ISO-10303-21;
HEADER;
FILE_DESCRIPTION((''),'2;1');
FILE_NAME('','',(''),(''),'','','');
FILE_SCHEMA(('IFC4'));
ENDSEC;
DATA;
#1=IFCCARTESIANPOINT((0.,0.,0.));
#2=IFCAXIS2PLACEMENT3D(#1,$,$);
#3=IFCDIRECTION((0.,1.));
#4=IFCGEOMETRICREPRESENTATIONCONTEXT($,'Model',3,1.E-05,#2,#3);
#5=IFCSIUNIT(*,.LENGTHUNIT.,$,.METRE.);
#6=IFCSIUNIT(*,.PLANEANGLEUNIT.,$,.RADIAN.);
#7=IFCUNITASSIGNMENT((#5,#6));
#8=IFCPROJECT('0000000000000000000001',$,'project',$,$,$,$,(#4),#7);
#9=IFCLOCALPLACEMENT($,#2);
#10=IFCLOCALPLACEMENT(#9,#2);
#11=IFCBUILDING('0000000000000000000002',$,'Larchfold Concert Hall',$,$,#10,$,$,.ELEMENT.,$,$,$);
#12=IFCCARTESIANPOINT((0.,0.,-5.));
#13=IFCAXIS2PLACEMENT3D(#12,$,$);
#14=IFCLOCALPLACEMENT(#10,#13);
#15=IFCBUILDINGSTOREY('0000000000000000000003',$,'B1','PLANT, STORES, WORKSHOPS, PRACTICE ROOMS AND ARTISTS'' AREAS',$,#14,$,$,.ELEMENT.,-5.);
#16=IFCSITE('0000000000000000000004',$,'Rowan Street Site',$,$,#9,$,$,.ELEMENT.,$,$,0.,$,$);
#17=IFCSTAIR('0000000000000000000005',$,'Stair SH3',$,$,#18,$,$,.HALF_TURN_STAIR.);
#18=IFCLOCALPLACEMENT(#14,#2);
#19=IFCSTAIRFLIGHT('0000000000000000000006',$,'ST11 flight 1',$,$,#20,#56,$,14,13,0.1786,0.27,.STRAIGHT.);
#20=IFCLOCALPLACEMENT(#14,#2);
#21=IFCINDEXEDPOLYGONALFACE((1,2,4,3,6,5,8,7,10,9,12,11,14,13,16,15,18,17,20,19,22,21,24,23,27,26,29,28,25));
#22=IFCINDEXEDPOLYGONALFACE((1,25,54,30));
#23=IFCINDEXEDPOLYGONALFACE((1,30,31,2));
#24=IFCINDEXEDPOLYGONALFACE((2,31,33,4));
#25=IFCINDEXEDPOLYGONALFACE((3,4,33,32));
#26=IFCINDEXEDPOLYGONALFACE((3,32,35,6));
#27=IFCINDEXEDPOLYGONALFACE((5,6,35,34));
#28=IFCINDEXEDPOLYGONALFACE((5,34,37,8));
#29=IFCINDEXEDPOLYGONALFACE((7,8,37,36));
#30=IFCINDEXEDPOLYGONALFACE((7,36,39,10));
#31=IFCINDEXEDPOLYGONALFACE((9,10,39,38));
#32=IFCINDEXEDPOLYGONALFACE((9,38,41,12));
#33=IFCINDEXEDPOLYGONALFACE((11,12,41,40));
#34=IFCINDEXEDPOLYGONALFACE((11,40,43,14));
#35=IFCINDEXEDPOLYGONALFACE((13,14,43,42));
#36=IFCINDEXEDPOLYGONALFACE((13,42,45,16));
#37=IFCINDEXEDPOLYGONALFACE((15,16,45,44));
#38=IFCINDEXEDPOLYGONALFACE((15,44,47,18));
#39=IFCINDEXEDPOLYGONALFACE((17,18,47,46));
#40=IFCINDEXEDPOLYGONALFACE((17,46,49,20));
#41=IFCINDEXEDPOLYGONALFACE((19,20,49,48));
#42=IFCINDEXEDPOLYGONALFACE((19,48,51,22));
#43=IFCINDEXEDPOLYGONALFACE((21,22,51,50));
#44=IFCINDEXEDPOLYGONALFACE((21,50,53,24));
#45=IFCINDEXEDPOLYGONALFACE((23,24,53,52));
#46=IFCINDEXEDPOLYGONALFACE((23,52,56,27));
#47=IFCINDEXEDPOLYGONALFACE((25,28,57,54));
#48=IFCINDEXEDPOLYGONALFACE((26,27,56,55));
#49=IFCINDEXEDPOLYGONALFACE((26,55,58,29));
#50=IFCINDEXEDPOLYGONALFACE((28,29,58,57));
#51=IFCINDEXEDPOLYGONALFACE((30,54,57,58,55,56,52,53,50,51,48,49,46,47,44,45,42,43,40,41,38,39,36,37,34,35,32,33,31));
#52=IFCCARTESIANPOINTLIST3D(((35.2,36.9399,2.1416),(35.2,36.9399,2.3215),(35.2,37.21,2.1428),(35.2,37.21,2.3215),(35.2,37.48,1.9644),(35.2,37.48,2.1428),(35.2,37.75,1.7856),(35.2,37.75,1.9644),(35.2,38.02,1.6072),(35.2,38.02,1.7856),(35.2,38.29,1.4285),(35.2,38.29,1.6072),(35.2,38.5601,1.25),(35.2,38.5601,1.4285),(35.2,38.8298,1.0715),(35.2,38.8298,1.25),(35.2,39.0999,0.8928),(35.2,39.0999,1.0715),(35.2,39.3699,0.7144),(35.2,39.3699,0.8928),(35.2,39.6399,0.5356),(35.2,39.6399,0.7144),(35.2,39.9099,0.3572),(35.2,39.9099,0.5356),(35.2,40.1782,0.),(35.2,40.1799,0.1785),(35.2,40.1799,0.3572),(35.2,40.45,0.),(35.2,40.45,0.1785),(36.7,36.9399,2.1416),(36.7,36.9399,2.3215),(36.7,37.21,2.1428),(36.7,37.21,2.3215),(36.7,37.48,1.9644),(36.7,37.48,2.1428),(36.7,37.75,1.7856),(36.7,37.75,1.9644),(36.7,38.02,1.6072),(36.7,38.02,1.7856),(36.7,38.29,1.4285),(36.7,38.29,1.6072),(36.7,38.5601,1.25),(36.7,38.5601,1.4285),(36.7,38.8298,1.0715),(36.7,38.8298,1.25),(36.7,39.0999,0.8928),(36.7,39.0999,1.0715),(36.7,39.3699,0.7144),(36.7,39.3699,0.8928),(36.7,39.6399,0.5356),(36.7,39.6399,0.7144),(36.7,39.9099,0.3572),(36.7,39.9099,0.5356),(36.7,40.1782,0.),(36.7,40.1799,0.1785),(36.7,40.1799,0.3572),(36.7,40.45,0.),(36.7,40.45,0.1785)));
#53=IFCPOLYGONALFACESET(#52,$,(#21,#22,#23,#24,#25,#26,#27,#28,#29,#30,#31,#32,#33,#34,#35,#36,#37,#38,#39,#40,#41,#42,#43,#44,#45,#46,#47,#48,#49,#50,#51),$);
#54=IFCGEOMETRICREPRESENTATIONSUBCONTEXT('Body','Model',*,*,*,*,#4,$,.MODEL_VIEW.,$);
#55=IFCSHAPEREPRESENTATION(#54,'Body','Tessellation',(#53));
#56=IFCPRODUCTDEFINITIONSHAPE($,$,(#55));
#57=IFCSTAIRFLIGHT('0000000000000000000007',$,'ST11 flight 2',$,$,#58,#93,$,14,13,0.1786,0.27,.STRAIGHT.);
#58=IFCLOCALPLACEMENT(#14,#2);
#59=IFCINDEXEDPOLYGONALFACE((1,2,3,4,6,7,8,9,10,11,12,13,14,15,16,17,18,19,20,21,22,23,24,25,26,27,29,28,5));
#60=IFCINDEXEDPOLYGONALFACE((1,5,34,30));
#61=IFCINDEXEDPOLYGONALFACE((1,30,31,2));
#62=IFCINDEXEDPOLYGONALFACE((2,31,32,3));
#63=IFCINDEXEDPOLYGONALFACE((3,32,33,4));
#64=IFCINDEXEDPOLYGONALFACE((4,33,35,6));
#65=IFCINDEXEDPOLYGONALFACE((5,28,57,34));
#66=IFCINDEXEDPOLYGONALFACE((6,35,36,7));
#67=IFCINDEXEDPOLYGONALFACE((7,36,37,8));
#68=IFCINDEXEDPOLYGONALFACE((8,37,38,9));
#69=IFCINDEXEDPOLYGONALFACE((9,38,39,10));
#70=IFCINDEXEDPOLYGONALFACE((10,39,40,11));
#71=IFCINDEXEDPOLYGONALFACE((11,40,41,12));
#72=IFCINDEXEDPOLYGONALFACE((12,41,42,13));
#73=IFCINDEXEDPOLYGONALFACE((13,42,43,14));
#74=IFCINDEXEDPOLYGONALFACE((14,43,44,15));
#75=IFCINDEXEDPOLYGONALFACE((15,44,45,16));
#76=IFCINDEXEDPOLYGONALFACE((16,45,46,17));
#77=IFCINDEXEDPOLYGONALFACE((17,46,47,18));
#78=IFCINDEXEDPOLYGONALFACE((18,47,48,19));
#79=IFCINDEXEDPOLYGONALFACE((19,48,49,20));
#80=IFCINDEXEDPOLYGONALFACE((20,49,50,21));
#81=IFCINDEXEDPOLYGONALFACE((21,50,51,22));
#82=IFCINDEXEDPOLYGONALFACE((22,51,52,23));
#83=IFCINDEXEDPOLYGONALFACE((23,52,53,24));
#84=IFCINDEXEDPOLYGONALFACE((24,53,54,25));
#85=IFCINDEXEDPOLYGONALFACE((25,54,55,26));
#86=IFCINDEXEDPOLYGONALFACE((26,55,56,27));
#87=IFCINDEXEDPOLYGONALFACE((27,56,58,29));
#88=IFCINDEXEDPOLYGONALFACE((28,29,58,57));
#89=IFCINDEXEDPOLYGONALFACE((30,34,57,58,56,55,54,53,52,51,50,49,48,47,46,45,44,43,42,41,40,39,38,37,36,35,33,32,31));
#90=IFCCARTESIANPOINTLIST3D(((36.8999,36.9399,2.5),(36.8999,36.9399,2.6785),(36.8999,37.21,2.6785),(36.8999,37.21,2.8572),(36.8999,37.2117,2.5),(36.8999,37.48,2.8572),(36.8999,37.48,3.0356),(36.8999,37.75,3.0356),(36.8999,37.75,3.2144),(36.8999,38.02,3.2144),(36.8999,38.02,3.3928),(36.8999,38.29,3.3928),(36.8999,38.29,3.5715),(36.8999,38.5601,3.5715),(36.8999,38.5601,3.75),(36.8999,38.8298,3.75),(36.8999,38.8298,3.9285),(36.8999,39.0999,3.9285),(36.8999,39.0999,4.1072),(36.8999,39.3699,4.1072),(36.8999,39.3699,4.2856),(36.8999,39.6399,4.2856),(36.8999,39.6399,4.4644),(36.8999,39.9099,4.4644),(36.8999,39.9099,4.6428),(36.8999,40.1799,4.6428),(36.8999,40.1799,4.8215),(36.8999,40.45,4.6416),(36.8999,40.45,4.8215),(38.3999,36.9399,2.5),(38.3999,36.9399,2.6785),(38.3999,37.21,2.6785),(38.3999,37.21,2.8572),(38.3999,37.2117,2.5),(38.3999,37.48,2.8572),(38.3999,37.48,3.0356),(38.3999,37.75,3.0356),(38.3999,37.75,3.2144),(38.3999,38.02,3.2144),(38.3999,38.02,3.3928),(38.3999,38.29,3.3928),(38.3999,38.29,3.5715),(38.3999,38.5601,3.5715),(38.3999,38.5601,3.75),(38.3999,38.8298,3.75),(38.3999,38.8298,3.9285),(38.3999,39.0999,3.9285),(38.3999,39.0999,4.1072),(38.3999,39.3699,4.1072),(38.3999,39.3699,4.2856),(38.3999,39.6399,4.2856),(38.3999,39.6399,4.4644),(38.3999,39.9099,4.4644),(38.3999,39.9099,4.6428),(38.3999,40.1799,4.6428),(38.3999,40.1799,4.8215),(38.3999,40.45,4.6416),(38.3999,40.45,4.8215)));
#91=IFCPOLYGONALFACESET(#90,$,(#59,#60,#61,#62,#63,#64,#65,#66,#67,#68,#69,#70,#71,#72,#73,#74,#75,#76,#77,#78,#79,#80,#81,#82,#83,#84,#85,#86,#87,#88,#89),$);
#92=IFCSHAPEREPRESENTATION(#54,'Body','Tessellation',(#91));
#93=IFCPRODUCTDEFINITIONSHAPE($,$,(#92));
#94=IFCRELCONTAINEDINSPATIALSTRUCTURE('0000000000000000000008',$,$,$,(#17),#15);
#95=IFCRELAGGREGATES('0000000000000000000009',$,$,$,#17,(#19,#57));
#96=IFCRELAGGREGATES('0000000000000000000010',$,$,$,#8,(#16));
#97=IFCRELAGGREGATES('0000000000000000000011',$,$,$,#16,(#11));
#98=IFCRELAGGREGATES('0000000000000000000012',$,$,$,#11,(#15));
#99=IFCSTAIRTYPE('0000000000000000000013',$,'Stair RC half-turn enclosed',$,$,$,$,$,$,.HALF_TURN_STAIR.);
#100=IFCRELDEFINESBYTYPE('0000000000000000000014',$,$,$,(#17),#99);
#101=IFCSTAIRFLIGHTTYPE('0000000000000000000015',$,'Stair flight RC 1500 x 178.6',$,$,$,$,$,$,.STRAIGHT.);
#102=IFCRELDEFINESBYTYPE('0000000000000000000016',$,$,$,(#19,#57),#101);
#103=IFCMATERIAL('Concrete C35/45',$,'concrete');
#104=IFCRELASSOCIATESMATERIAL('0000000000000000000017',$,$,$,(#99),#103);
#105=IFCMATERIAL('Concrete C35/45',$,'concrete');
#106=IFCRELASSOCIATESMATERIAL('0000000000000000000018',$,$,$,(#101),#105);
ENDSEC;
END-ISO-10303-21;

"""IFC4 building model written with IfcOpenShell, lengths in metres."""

from ifc_helpers import new_model, si_unit, direction, frame, origin, place, context, subcontext, project, spatial, polyline, outline, extrude, material, type_object, element, aggregate, save


model = new_model("IFC4")

# Units and contexts
model_context = context("Model", 3, precision=1e-05, world=origin(), true_north=direction((0.0, 1.0)))
body_context = subcontext(model_context, "Body", "Model", "MODEL_VIEW")
ifc_project = project(units=[si_unit("LENGTHUNIT", "METRE"), si_unit("PLANEANGLEUNIT", "RADIAN")], contexts=[model_context])

# Site, building, storey
site_placement = place(None, origin())
site = spatial("IfcSite", under=ifc_project, at=site_placement, Name="Rowan Street Site", CompositionType="ELEMENT", RefElevation=0.0)
building_placement = place(site_placement, origin())
building = spatial("IfcBuilding", under=site, at=building_placement, Name="Larchfold Concert Hall", CompositionType="ELEMENT")
storey_placement = place(building_placement, frame((0.0, 0.0, -5.0)))
storey = spatial("IfcBuildingStorey", under=building, at=storey_placement, Name="B1", Description="PLANT, STORES, WORKSHOPS, PRACTICE ROOMS AND ARTISTS' AREAS", CompositionType="ELEMENT", Elevation=-5.0)

# Stair, stair flights
ifc_material_1 = material(Name="Concrete C35/45", Category="concrete")
stair_type = type_object("IfcStairType", Name="Stair RC half-turn enclosed", PredefinedType="HALF_TURN_STAIR", material=ifc_material_1)
stair_placement = place(storey_placement, origin())
stair = element("IfcStair", 1, at=stair_placement, inside=storey, type_object=stair_type, Name="Stair SH3", PredefinedType="HALF_TURN_STAIR")
ifc_material_2 = material(Name="Concrete C35/45", Category="concrete")
stair_flight_type = type_object("IfcStairFlightType", Name="Stair flight RC 1500 x 178.6", PredefinedType="STRAIGHT", material=ifc_material_2)
stair_flight_1_placement = place(storey_placement, frame((35.95, 40.45, 0.0), z_axis=(0.0, 0.0, 1.0), x_axis=(0.0, -1.0, 0.0)))
stair_flight_1 = element("IfcStairFlight", 2, at=stair_flight_1_placement, type_object=stair_flight_type, Name="ST11 flight 1", NumberOfRisers=14, NumberOfTreads=13, PredefinedType="STRAIGHT", RiserHeight=0.1786, TreadLength=0.27, context=body_context, shape_type="SweptSolid", body=[
    extrude(outline(polyline([(0.0, 0.0), (0.0, 0.1785), (0.27, 0.1785), (0.27, 0.3572), (0.54, 0.3572), (0.54, 0.5356), (0.8101, 0.5356), (0.8101, 0.7144), (1.0801, 0.7144), (1.0801, 0.8928), (1.3501, 0.8928), (1.3501, 1.0715), (1.6201, 1.0715), (1.6201, 1.25), (1.8899, 1.25), (1.8899, 1.4285), (2.1599, 1.4285), (2.1599, 1.6072), (2.4299, 1.6072), (2.4299, 1.7856), (2.7, 1.7856), (2.7, 1.9644), (2.97, 1.9644), (2.97, 2.1428), (3.24, 2.1428), (3.24, 2.3215), (3.51, 2.3215), (3.51, 2.5), (3.51, 2.1416), (0.2717, 0.0), (0.0, 0.0)])), frame((0.0, 0.75, 0.0), z_axis=(0.0, -1.0, 0.0), x_axis=(1.0, 0.0, 0.0)), (0.0, 0.0, 1.0), 1.5),
])
stair_flight_2_placement = place(storey_placement, frame((37.6499, 36.9399, 2.5), z_axis=(0.0, 0.0, 1.0), x_axis=(0.0, 1.0, 0.0)))
stair_flight_2 = element("IfcStairFlight", 3, at=stair_flight_2_placement, type_object=stair_flight_type, Name="ST11 flight 2", NumberOfRisers=14, NumberOfTreads=13, PredefinedType="STRAIGHT", RiserHeight=0.1786, TreadLength=0.27, context=body_context, shape_type="SweptSolid", body=[
    extrude(outline(polyline([(0.0, 0.0), (0.0, 0.1785), (0.27, 0.1785), (0.27, 0.3572), (0.54, 0.3572), (0.54, 0.5356), (0.8101, 0.5356), (0.8101, 0.7144), (1.0801, 0.7144), (1.0801, 0.8928), (1.3501, 0.8928), (1.3501, 1.0715), (1.6201, 1.0715), (1.6201, 1.25), (1.8899, 1.25), (1.8899, 1.4285), (2.1599, 1.4285), (2.1599, 1.6072), (2.4299, 1.6072), (2.4299, 1.7856), (2.7, 1.7856), (2.7, 1.9644), (2.97, 1.9644), (2.97, 2.1428), (3.24, 2.1428), (3.24, 2.3215), (3.51, 2.3215), (3.51, 2.5), (3.51, 2.1416), (0.2717, 0.0), (0.0, 0.0)])), frame((0.0, 0.75, 0.0), z_axis=(0.0, -1.0, 0.0), x_axis=(1.0, 0.0, 0.0)), (0.0, 0.0, 1.0), 1.5),
])
aggregate(stair, [stair_flight_1, stair_flight_2])

save(model, "model.ifc")
